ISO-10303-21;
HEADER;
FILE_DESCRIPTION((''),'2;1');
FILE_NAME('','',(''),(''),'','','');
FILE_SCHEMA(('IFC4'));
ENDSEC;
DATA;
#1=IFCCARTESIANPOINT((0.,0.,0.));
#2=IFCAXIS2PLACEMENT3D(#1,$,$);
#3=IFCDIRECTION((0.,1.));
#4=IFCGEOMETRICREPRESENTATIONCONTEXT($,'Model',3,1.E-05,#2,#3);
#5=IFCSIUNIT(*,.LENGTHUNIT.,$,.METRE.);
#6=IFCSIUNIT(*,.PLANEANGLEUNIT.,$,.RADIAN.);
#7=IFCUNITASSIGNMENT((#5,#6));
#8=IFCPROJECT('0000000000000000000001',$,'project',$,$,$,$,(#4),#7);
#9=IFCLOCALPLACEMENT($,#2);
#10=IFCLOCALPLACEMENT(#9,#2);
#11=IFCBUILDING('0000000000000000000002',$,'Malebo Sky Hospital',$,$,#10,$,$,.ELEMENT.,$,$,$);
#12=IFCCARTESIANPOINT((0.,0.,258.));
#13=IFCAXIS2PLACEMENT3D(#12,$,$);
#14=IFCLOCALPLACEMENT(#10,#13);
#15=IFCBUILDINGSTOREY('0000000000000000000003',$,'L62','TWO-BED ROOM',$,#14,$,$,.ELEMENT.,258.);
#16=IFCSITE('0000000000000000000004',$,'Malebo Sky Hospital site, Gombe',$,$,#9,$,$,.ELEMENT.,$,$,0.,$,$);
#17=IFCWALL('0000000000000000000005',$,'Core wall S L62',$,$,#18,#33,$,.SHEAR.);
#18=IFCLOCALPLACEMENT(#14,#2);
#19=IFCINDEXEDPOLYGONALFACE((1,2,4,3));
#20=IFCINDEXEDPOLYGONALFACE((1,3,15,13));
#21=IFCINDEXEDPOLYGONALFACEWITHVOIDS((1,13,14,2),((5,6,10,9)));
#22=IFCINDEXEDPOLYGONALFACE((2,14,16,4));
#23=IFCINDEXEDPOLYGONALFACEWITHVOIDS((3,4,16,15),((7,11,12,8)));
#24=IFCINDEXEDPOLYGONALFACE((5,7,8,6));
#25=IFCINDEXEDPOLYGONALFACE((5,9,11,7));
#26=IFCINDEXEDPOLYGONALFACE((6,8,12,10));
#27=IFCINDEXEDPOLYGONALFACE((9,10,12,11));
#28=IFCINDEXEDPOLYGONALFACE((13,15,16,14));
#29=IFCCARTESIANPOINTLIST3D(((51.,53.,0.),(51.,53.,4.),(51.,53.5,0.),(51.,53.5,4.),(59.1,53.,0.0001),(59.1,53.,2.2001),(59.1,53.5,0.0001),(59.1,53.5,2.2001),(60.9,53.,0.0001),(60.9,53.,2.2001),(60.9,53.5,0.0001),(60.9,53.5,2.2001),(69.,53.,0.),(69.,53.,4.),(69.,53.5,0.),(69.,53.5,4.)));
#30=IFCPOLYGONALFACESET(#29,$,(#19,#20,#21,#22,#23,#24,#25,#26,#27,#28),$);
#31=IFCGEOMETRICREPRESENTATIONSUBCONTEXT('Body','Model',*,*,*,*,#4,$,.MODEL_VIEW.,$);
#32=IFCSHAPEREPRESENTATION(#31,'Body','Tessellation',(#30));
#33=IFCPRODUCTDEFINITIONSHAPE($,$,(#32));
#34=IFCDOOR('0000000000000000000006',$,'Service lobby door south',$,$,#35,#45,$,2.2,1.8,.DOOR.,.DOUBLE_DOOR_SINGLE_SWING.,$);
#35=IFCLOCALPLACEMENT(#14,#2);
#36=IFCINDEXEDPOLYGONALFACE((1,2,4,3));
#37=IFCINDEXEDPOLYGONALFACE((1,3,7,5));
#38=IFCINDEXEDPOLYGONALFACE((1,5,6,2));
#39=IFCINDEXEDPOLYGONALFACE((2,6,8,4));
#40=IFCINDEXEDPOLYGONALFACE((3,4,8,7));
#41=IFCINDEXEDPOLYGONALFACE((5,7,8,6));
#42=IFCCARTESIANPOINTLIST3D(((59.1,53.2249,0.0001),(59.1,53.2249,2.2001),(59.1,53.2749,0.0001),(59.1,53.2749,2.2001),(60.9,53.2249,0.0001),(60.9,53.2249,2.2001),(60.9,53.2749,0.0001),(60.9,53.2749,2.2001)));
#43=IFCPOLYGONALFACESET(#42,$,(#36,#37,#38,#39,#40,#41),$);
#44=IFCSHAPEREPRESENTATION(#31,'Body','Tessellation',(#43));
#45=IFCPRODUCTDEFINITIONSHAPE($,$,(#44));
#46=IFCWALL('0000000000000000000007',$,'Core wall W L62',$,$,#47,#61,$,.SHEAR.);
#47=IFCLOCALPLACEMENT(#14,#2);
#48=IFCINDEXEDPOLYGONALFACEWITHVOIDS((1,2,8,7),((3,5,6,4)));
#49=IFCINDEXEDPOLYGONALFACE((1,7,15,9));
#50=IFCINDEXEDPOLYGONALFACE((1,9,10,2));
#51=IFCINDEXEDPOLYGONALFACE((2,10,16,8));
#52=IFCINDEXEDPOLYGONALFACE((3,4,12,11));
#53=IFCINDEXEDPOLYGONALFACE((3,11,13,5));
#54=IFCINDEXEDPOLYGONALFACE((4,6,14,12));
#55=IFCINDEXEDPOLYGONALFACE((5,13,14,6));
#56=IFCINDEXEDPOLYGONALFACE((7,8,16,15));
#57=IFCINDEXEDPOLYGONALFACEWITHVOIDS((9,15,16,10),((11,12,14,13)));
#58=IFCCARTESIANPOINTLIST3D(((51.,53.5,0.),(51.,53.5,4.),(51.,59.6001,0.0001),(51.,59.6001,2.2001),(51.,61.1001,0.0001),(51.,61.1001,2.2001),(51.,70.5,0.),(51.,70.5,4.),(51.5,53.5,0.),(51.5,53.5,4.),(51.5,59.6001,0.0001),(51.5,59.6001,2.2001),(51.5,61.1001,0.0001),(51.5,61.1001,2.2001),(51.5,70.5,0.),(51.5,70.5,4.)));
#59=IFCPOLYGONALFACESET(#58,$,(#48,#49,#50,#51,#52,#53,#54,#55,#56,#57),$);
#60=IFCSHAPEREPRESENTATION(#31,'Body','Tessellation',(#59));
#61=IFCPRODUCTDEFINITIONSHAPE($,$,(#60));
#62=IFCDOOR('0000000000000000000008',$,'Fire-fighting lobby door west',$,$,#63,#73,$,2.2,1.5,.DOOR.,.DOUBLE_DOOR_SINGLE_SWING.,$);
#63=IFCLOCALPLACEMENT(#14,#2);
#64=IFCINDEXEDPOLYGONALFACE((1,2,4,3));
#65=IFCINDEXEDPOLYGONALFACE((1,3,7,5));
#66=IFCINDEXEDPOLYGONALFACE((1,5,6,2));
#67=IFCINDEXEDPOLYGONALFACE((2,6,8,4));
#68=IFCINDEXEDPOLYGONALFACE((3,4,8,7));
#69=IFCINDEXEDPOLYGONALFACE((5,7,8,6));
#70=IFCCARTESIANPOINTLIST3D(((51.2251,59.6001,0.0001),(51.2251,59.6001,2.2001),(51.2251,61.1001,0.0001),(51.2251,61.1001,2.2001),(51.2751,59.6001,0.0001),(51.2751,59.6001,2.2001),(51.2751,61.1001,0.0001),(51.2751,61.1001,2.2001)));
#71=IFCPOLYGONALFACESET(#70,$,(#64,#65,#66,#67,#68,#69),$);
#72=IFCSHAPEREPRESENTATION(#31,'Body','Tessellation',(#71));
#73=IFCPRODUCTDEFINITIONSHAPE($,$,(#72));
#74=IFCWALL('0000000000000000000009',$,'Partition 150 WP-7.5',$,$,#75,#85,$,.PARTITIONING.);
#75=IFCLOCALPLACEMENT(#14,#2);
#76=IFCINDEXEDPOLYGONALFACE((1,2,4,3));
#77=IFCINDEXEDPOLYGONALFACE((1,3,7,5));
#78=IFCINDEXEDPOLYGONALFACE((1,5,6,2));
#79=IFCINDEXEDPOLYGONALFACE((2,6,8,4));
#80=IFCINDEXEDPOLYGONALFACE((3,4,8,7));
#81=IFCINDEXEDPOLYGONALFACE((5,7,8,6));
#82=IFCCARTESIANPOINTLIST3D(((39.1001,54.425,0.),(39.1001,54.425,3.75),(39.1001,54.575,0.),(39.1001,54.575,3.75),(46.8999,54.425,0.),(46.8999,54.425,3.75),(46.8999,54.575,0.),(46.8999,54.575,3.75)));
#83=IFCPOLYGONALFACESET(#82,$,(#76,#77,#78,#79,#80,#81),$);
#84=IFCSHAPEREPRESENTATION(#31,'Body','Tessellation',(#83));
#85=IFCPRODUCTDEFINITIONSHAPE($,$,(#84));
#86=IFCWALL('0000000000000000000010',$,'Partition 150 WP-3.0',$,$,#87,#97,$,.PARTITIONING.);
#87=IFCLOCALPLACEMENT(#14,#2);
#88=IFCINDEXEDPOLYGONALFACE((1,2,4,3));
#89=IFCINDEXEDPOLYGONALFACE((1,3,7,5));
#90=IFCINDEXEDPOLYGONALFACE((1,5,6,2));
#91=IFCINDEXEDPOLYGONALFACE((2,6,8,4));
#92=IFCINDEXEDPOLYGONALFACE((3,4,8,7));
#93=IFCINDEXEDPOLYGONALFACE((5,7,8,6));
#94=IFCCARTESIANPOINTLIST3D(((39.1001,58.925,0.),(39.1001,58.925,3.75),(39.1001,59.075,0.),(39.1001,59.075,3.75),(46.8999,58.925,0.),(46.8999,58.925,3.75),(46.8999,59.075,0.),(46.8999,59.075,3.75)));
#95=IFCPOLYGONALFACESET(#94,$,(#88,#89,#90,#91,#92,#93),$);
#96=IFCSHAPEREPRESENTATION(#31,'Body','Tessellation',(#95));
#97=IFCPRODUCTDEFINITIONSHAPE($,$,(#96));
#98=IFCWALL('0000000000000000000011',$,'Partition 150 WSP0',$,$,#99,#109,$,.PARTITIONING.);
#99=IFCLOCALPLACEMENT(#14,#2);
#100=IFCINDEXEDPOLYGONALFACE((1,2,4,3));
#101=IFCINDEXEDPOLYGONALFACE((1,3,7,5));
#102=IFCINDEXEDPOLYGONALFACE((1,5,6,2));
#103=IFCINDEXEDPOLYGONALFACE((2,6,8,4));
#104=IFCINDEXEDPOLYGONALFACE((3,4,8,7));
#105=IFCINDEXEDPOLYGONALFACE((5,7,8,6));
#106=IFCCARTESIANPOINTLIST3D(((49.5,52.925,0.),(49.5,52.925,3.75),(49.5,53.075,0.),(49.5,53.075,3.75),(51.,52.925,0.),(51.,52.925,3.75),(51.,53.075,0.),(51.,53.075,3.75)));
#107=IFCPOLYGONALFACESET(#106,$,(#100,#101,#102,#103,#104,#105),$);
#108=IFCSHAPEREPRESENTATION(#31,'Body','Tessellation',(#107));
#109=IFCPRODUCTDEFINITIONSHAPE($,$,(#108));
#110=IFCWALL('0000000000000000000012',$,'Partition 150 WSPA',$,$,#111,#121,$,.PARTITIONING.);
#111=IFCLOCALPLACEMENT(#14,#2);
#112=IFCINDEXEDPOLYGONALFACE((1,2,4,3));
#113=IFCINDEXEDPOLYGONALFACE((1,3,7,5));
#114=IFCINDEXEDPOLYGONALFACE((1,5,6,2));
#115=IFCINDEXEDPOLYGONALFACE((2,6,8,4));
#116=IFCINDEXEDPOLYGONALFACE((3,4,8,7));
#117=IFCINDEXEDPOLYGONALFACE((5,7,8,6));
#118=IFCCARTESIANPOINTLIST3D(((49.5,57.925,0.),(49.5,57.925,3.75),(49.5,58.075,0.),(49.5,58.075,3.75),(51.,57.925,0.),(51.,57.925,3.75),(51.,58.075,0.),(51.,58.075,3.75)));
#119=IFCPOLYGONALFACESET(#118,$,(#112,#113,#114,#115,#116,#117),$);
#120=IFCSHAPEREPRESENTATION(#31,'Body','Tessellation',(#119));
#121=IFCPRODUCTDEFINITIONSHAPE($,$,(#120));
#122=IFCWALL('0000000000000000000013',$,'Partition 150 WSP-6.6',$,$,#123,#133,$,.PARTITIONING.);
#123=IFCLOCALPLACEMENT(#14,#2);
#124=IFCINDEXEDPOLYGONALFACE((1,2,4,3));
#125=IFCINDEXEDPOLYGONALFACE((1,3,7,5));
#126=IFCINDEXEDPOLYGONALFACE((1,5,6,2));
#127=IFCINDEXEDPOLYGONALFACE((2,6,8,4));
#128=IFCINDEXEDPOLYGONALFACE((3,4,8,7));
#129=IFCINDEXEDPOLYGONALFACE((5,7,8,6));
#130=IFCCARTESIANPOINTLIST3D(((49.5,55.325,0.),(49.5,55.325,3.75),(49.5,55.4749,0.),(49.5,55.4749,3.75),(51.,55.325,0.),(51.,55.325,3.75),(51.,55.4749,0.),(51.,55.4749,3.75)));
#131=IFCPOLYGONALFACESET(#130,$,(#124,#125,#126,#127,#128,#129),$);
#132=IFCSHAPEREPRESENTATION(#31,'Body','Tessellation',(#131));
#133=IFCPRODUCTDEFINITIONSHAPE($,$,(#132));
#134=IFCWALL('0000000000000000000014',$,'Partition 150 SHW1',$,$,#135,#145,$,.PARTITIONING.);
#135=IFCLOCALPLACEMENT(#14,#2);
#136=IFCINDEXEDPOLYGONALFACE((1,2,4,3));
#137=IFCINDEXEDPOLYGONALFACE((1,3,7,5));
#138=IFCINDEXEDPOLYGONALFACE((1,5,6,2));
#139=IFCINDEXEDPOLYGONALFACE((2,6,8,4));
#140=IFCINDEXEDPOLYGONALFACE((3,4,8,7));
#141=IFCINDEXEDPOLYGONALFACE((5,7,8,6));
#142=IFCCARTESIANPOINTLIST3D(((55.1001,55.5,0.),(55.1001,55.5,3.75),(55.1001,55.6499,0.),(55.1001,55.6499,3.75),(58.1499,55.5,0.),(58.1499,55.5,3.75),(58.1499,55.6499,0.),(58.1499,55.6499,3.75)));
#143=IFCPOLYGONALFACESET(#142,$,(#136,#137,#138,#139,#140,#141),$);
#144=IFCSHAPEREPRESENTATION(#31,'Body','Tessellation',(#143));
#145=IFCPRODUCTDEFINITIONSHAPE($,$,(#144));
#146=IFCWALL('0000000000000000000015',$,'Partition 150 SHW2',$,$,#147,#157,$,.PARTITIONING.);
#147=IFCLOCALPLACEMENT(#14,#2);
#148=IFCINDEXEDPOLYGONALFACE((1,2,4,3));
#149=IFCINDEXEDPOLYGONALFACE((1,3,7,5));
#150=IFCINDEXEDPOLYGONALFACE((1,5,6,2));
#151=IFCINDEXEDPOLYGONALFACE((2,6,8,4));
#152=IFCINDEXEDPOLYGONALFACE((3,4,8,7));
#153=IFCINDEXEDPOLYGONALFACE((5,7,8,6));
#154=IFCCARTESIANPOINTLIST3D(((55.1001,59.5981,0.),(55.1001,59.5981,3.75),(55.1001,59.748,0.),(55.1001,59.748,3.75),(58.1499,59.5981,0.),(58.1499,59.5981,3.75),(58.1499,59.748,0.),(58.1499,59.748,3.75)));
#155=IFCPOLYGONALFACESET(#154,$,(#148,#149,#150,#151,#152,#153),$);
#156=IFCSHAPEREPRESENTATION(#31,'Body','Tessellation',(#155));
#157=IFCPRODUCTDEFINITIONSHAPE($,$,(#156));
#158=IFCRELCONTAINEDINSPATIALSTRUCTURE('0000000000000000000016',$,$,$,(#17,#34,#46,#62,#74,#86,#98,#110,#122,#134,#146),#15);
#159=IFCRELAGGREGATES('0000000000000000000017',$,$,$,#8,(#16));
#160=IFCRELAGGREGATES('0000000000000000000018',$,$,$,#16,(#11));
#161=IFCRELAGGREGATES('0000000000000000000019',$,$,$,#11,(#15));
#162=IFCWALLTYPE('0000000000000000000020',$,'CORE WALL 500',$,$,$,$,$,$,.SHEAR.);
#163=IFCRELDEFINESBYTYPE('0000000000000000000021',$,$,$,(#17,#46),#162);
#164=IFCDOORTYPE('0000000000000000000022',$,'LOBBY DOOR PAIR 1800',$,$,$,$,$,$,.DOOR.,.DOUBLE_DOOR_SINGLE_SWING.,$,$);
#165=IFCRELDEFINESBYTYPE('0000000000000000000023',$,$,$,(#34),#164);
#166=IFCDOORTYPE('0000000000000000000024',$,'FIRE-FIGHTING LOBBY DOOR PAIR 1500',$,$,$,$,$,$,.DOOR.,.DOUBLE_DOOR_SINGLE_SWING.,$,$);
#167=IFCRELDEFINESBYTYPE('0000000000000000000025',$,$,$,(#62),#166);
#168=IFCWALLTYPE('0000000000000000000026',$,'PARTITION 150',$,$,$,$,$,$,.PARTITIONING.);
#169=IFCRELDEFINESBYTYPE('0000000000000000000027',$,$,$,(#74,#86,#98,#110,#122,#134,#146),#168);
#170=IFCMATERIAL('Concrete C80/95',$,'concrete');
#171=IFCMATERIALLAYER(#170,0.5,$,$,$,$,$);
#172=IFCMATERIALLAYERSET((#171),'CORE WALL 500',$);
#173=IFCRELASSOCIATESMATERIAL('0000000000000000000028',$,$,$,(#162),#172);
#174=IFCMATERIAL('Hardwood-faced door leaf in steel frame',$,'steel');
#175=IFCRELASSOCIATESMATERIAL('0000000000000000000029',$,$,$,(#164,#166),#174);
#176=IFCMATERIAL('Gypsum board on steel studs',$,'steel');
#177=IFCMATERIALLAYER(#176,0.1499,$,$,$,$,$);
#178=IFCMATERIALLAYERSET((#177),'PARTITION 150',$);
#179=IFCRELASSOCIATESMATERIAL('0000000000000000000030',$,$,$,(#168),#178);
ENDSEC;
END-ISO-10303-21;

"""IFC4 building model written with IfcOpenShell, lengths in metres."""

from ifc_helpers import new_model, si_unit, direction, frame, frame_2d, origin, place, context, subcontext, project, spatial, rectangle, extrude, material, layer, layer_set, type_object, element, fill, save


model = new_model("IFC4")

# Units and contexts
model_context = context("Model", 3, precision=1e-05, world=origin(), true_north=direction((0.0, 1.0)))
body_context = subcontext(model_context, "Body", "Model", "MODEL_VIEW")
ifc_project = project(units=[si_unit("LENGTHUNIT", "METRE"), si_unit("PLANEANGLEUNIT", "RADIAN")], contexts=[model_context])

# Site, building, storey
site_placement = place(None, origin())
site = spatial("IfcSite", under=ifc_project, at=site_placement, Name="Malebo Sky Hospital site, Gombe", CompositionType="ELEMENT", RefElevation=0.0)
building_placement = place(site_placement, origin())
building = spatial("IfcBuilding", under=site, at=building_placement, Name="Malebo Sky Hospital", CompositionType="ELEMENT")
storey_placement = place(building_placement, frame((0.0, 0.0, 258.0)))
storey = spatial("IfcBuildingStorey", under=building, at=storey_placement, Name="L62", Description="TWO-BED ROOM", CompositionType="ELEMENT", Elevation=258.0)

# Shared definitions
ifc_material_1 = material(Name="Concrete C80/95", Category="concrete")

# Walls, openings, doors
ifc_layer_1 = layer(ifc_material_1, 0.5)
ifc_layer_set_1 = layer_set([ifc_layer_1], Name="CORE WALL 500")
wall_type_1 = type_object("IfcWallType", Name="CORE WALL 500", PredefinedType="SHEAR", material=ifc_layer_set_1)
wall_1_placement = place(storey_placement, frame((51.0, 53.25, 0.0), z_axis=(0.0, 0.0, 1.0), x_axis=(1.0, 0.0, 0.0)))
wall_1 = element("IfcWall", 1, at=wall_1_placement, inside=storey, type_object=wall_type_1, Name="Core wall S L62", PredefinedType="SHEAR", context=body_context, shape_type="SweptSolid", body=[
    extrude(rectangle(XDim=18.0, YDim=0.5, at=frame_2d((9.0, 0.0))), origin(), (0.0, 0.0, 1.0), 4.0),
])
opening_1_placement = place(wall_1_placement, frame((8.1001, 0.0, 0.0)))
opening_1 = element("IfcOpeningElement", 2, at=opening_1_placement, cuts=wall_1, PredefinedType="OPENING", context=body_context, shape_type="SweptSolid", body=[
    extrude(rectangle(XDim=1.8, YDim=2.2, at=frame_2d((0.8999, 1.1001))), frame((0.0, 0.26, 0.0), z_axis=(0.0, -1.0, 0.0), x_axis=(1.0, 0.0, 0.0)), (0.0, 0.0, 1.0), 0.52),
])
ifc_material_2 = material(Name="Hardwood-faced door leaf in steel frame", Category="steel")
door_type_1 = type_object("IfcDoorType", Name="LOBBY DOOR PAIR 1800", OperationType="DOUBLE_DOOR_SINGLE_SWING", PredefinedType="DOOR", material=ifc_material_2)
door_1_placement = place(opening_1_placement, origin())
door_1 = element("IfcDoor", 3, at=door_1_placement, inside=storey, type_object=door_type_1, Name="Service lobby door south", OperationType="DOUBLE_DOOR_SINGLE_SWING", OverallHeight=2.2, OverallWidth=1.8, PredefinedType="DOOR", context=body_context, shape_type="SweptSolid", body=[
    extrude(rectangle(XDim=1.8, YDim=2.2, at=frame_2d((0.8999, 1.1001))), frame((0.0, 0.0249, 0.0), z_axis=(0.0, -1.0, 0.0), x_axis=(1.0, 0.0, 0.0)), (0.0, 0.0, 1.0), 0.05),
])
fill(opening_1, door_1)
wall_2_placement = place(storey_placement, frame((51.25, 53.5, 0.0), z_axis=(0.0, 0.0, 1.0), x_axis=(0.0, 1.0, 0.0)))
wall_2 = element("IfcWall", 4, at=wall_2_placement, inside=storey, type_object=wall_type_1, Name="Core wall W L62", PredefinedType="SHEAR", context=body_context, shape_type="SweptSolid", body=[
    extrude(rectangle(XDim=17.0, YDim=0.5, at=frame_2d((8.5, 0.0))), origin(), (0.0, 0.0, 1.0), 4.0),
])
opening_2_placement = place(wall_2_placement, frame((6.1001, 0.0, 0.0)))
opening_2 = element("IfcOpeningElement", 5, at=opening_2_placement, cuts=wall_2, PredefinedType="OPENING", context=body_context, shape_type="SweptSolid", body=[
    extrude(rectangle(XDim=1.5, YDim=2.2, at=frame_2d((0.75, 1.1001))), frame((0.0, 0.26, 0.0), z_axis=(0.0, -1.0, 0.0), x_axis=(1.0, 0.0, 0.0)), (0.0, 0.0, 1.0), 0.52),
])
door_type_2 = type_object("IfcDoorType", Name="FIRE-FIGHTING LOBBY DOOR PAIR 1500", OperationType="DOUBLE_DOOR_SINGLE_SWING", PredefinedType="DOOR", material=ifc_material_2)
door_2_placement = place(opening_2_placement, origin())
door_2 = element("IfcDoor", 6, at=door_2_placement, inside=storey, type_object=door_type_2, Name="Fire-fighting lobby door west", OperationType="DOUBLE_DOOR_SINGLE_SWING", OverallHeight=2.2, OverallWidth=1.5, PredefinedType="DOOR", context=body_context, shape_type="SweptSolid", body=[
    extrude(rectangle(XDim=1.5, YDim=2.2, at=frame_2d((0.75, 1.1001))), frame((0.0, 0.0249, 0.0), z_axis=(0.0, -1.0, 0.0), x_axis=(1.0, 0.0, 0.0)), (0.0, 0.0, 1.0), 0.05),
])
fill(opening_2, door_2)

# Walls
ifc_material_3 = material(Name="Gypsum board on steel studs", Category="steel")
ifc_layer_2 = layer(ifc_material_3, 0.1499)
ifc_layer_set_2 = layer_set([ifc_layer_2], Name="PARTITION 150")
wall_type_2 = type_object("IfcWallType", Name="PARTITION 150", PredefinedType="PARTITIONING", material=ifc_layer_set_2)
for number, where, z_axis, x_axis, name in (
    (7, (46.8999, 54.5, 0.0), (0.0, 0.0, 1.0), (-1.0, 0.0, 0.0), "Partition 150 WP-7.5"),
    (8, (46.8999, 59.0, 0.0), (0.0, 0.0, 1.0), (-1.0, 0.0, 0.0), "Partition 150 WP-3.0"),
):
    element("IfcWall", number, at=place(storey_placement, frame(where, z_axis=z_axis, x_axis=x_axis)), inside=storey, type_object=wall_type_2, Name=name, PredefinedType="PARTITIONING", context=body_context, shape_type="SweptSolid", body=[
        extrude(rectangle(XDim=7.7998, YDim=0.1499, at=frame_2d((3.8999, 0.0))), origin(), (0.0, 0.0, 1.0), 3.75),
    ])
for number, where, z_axis, x_axis, name in (
    (9, (51.0, 53.0, 0.0), (0.0, 0.0, 1.0), (-1.0, 0.0, 0.0), "Partition 150 WSP0"),
    (10, (51.0, 58.0, 0.0), (0.0, 0.0, 1.0), (-1.0, 0.0, 0.0), "Partition 150 WSPA"),
    (11, (51.0, 55.3999, 0.0), (0.0, 0.0, 1.0), (-1.0, 0.0, 0.0), "Partition 150 WSP-6.6"),
):
    element("IfcWall", number, at=place(storey_placement, frame(where, z_axis=z_axis, x_axis=x_axis)), inside=storey, type_object=wall_type_2, Name=name, PredefinedType="PARTITIONING", context=body_context, shape_type="SweptSolid", body=[
        extrude(rectangle(XDim=1.5, YDim=0.1499, at=frame_2d((0.75, 0.0))), origin(), (0.0, 0.0, 1.0), 3.75),
    ])
for number, where, z_axis, x_axis, name in (
    (12, (55.1001, 55.575, 0.0), (0.0, 0.0, 1.0), (1.0, 0.0, 0.0), "Partition 150 SHW1"),
    (13, (55.1001, 59.6731, 0.0), (0.0, 0.0, 1.0), (1.0, 0.0, 0.0), "Partition 150 SHW2"),
):
    element("IfcWall", number, at=place(storey_placement, frame(where, z_axis=z_axis, x_axis=x_axis)), inside=storey, type_object=wall_type_2, Name=name, PredefinedType="PARTITIONING", context=body_context, shape_type="SweptSolid", body=[
        extrude(rectangle(XDim=3.0498, YDim=0.1499, at=frame_2d((1.5249, 0.0))), origin(), (0.0, 0.0, 1.0), 3.75),
    ])

save(model, "model.ifc")
